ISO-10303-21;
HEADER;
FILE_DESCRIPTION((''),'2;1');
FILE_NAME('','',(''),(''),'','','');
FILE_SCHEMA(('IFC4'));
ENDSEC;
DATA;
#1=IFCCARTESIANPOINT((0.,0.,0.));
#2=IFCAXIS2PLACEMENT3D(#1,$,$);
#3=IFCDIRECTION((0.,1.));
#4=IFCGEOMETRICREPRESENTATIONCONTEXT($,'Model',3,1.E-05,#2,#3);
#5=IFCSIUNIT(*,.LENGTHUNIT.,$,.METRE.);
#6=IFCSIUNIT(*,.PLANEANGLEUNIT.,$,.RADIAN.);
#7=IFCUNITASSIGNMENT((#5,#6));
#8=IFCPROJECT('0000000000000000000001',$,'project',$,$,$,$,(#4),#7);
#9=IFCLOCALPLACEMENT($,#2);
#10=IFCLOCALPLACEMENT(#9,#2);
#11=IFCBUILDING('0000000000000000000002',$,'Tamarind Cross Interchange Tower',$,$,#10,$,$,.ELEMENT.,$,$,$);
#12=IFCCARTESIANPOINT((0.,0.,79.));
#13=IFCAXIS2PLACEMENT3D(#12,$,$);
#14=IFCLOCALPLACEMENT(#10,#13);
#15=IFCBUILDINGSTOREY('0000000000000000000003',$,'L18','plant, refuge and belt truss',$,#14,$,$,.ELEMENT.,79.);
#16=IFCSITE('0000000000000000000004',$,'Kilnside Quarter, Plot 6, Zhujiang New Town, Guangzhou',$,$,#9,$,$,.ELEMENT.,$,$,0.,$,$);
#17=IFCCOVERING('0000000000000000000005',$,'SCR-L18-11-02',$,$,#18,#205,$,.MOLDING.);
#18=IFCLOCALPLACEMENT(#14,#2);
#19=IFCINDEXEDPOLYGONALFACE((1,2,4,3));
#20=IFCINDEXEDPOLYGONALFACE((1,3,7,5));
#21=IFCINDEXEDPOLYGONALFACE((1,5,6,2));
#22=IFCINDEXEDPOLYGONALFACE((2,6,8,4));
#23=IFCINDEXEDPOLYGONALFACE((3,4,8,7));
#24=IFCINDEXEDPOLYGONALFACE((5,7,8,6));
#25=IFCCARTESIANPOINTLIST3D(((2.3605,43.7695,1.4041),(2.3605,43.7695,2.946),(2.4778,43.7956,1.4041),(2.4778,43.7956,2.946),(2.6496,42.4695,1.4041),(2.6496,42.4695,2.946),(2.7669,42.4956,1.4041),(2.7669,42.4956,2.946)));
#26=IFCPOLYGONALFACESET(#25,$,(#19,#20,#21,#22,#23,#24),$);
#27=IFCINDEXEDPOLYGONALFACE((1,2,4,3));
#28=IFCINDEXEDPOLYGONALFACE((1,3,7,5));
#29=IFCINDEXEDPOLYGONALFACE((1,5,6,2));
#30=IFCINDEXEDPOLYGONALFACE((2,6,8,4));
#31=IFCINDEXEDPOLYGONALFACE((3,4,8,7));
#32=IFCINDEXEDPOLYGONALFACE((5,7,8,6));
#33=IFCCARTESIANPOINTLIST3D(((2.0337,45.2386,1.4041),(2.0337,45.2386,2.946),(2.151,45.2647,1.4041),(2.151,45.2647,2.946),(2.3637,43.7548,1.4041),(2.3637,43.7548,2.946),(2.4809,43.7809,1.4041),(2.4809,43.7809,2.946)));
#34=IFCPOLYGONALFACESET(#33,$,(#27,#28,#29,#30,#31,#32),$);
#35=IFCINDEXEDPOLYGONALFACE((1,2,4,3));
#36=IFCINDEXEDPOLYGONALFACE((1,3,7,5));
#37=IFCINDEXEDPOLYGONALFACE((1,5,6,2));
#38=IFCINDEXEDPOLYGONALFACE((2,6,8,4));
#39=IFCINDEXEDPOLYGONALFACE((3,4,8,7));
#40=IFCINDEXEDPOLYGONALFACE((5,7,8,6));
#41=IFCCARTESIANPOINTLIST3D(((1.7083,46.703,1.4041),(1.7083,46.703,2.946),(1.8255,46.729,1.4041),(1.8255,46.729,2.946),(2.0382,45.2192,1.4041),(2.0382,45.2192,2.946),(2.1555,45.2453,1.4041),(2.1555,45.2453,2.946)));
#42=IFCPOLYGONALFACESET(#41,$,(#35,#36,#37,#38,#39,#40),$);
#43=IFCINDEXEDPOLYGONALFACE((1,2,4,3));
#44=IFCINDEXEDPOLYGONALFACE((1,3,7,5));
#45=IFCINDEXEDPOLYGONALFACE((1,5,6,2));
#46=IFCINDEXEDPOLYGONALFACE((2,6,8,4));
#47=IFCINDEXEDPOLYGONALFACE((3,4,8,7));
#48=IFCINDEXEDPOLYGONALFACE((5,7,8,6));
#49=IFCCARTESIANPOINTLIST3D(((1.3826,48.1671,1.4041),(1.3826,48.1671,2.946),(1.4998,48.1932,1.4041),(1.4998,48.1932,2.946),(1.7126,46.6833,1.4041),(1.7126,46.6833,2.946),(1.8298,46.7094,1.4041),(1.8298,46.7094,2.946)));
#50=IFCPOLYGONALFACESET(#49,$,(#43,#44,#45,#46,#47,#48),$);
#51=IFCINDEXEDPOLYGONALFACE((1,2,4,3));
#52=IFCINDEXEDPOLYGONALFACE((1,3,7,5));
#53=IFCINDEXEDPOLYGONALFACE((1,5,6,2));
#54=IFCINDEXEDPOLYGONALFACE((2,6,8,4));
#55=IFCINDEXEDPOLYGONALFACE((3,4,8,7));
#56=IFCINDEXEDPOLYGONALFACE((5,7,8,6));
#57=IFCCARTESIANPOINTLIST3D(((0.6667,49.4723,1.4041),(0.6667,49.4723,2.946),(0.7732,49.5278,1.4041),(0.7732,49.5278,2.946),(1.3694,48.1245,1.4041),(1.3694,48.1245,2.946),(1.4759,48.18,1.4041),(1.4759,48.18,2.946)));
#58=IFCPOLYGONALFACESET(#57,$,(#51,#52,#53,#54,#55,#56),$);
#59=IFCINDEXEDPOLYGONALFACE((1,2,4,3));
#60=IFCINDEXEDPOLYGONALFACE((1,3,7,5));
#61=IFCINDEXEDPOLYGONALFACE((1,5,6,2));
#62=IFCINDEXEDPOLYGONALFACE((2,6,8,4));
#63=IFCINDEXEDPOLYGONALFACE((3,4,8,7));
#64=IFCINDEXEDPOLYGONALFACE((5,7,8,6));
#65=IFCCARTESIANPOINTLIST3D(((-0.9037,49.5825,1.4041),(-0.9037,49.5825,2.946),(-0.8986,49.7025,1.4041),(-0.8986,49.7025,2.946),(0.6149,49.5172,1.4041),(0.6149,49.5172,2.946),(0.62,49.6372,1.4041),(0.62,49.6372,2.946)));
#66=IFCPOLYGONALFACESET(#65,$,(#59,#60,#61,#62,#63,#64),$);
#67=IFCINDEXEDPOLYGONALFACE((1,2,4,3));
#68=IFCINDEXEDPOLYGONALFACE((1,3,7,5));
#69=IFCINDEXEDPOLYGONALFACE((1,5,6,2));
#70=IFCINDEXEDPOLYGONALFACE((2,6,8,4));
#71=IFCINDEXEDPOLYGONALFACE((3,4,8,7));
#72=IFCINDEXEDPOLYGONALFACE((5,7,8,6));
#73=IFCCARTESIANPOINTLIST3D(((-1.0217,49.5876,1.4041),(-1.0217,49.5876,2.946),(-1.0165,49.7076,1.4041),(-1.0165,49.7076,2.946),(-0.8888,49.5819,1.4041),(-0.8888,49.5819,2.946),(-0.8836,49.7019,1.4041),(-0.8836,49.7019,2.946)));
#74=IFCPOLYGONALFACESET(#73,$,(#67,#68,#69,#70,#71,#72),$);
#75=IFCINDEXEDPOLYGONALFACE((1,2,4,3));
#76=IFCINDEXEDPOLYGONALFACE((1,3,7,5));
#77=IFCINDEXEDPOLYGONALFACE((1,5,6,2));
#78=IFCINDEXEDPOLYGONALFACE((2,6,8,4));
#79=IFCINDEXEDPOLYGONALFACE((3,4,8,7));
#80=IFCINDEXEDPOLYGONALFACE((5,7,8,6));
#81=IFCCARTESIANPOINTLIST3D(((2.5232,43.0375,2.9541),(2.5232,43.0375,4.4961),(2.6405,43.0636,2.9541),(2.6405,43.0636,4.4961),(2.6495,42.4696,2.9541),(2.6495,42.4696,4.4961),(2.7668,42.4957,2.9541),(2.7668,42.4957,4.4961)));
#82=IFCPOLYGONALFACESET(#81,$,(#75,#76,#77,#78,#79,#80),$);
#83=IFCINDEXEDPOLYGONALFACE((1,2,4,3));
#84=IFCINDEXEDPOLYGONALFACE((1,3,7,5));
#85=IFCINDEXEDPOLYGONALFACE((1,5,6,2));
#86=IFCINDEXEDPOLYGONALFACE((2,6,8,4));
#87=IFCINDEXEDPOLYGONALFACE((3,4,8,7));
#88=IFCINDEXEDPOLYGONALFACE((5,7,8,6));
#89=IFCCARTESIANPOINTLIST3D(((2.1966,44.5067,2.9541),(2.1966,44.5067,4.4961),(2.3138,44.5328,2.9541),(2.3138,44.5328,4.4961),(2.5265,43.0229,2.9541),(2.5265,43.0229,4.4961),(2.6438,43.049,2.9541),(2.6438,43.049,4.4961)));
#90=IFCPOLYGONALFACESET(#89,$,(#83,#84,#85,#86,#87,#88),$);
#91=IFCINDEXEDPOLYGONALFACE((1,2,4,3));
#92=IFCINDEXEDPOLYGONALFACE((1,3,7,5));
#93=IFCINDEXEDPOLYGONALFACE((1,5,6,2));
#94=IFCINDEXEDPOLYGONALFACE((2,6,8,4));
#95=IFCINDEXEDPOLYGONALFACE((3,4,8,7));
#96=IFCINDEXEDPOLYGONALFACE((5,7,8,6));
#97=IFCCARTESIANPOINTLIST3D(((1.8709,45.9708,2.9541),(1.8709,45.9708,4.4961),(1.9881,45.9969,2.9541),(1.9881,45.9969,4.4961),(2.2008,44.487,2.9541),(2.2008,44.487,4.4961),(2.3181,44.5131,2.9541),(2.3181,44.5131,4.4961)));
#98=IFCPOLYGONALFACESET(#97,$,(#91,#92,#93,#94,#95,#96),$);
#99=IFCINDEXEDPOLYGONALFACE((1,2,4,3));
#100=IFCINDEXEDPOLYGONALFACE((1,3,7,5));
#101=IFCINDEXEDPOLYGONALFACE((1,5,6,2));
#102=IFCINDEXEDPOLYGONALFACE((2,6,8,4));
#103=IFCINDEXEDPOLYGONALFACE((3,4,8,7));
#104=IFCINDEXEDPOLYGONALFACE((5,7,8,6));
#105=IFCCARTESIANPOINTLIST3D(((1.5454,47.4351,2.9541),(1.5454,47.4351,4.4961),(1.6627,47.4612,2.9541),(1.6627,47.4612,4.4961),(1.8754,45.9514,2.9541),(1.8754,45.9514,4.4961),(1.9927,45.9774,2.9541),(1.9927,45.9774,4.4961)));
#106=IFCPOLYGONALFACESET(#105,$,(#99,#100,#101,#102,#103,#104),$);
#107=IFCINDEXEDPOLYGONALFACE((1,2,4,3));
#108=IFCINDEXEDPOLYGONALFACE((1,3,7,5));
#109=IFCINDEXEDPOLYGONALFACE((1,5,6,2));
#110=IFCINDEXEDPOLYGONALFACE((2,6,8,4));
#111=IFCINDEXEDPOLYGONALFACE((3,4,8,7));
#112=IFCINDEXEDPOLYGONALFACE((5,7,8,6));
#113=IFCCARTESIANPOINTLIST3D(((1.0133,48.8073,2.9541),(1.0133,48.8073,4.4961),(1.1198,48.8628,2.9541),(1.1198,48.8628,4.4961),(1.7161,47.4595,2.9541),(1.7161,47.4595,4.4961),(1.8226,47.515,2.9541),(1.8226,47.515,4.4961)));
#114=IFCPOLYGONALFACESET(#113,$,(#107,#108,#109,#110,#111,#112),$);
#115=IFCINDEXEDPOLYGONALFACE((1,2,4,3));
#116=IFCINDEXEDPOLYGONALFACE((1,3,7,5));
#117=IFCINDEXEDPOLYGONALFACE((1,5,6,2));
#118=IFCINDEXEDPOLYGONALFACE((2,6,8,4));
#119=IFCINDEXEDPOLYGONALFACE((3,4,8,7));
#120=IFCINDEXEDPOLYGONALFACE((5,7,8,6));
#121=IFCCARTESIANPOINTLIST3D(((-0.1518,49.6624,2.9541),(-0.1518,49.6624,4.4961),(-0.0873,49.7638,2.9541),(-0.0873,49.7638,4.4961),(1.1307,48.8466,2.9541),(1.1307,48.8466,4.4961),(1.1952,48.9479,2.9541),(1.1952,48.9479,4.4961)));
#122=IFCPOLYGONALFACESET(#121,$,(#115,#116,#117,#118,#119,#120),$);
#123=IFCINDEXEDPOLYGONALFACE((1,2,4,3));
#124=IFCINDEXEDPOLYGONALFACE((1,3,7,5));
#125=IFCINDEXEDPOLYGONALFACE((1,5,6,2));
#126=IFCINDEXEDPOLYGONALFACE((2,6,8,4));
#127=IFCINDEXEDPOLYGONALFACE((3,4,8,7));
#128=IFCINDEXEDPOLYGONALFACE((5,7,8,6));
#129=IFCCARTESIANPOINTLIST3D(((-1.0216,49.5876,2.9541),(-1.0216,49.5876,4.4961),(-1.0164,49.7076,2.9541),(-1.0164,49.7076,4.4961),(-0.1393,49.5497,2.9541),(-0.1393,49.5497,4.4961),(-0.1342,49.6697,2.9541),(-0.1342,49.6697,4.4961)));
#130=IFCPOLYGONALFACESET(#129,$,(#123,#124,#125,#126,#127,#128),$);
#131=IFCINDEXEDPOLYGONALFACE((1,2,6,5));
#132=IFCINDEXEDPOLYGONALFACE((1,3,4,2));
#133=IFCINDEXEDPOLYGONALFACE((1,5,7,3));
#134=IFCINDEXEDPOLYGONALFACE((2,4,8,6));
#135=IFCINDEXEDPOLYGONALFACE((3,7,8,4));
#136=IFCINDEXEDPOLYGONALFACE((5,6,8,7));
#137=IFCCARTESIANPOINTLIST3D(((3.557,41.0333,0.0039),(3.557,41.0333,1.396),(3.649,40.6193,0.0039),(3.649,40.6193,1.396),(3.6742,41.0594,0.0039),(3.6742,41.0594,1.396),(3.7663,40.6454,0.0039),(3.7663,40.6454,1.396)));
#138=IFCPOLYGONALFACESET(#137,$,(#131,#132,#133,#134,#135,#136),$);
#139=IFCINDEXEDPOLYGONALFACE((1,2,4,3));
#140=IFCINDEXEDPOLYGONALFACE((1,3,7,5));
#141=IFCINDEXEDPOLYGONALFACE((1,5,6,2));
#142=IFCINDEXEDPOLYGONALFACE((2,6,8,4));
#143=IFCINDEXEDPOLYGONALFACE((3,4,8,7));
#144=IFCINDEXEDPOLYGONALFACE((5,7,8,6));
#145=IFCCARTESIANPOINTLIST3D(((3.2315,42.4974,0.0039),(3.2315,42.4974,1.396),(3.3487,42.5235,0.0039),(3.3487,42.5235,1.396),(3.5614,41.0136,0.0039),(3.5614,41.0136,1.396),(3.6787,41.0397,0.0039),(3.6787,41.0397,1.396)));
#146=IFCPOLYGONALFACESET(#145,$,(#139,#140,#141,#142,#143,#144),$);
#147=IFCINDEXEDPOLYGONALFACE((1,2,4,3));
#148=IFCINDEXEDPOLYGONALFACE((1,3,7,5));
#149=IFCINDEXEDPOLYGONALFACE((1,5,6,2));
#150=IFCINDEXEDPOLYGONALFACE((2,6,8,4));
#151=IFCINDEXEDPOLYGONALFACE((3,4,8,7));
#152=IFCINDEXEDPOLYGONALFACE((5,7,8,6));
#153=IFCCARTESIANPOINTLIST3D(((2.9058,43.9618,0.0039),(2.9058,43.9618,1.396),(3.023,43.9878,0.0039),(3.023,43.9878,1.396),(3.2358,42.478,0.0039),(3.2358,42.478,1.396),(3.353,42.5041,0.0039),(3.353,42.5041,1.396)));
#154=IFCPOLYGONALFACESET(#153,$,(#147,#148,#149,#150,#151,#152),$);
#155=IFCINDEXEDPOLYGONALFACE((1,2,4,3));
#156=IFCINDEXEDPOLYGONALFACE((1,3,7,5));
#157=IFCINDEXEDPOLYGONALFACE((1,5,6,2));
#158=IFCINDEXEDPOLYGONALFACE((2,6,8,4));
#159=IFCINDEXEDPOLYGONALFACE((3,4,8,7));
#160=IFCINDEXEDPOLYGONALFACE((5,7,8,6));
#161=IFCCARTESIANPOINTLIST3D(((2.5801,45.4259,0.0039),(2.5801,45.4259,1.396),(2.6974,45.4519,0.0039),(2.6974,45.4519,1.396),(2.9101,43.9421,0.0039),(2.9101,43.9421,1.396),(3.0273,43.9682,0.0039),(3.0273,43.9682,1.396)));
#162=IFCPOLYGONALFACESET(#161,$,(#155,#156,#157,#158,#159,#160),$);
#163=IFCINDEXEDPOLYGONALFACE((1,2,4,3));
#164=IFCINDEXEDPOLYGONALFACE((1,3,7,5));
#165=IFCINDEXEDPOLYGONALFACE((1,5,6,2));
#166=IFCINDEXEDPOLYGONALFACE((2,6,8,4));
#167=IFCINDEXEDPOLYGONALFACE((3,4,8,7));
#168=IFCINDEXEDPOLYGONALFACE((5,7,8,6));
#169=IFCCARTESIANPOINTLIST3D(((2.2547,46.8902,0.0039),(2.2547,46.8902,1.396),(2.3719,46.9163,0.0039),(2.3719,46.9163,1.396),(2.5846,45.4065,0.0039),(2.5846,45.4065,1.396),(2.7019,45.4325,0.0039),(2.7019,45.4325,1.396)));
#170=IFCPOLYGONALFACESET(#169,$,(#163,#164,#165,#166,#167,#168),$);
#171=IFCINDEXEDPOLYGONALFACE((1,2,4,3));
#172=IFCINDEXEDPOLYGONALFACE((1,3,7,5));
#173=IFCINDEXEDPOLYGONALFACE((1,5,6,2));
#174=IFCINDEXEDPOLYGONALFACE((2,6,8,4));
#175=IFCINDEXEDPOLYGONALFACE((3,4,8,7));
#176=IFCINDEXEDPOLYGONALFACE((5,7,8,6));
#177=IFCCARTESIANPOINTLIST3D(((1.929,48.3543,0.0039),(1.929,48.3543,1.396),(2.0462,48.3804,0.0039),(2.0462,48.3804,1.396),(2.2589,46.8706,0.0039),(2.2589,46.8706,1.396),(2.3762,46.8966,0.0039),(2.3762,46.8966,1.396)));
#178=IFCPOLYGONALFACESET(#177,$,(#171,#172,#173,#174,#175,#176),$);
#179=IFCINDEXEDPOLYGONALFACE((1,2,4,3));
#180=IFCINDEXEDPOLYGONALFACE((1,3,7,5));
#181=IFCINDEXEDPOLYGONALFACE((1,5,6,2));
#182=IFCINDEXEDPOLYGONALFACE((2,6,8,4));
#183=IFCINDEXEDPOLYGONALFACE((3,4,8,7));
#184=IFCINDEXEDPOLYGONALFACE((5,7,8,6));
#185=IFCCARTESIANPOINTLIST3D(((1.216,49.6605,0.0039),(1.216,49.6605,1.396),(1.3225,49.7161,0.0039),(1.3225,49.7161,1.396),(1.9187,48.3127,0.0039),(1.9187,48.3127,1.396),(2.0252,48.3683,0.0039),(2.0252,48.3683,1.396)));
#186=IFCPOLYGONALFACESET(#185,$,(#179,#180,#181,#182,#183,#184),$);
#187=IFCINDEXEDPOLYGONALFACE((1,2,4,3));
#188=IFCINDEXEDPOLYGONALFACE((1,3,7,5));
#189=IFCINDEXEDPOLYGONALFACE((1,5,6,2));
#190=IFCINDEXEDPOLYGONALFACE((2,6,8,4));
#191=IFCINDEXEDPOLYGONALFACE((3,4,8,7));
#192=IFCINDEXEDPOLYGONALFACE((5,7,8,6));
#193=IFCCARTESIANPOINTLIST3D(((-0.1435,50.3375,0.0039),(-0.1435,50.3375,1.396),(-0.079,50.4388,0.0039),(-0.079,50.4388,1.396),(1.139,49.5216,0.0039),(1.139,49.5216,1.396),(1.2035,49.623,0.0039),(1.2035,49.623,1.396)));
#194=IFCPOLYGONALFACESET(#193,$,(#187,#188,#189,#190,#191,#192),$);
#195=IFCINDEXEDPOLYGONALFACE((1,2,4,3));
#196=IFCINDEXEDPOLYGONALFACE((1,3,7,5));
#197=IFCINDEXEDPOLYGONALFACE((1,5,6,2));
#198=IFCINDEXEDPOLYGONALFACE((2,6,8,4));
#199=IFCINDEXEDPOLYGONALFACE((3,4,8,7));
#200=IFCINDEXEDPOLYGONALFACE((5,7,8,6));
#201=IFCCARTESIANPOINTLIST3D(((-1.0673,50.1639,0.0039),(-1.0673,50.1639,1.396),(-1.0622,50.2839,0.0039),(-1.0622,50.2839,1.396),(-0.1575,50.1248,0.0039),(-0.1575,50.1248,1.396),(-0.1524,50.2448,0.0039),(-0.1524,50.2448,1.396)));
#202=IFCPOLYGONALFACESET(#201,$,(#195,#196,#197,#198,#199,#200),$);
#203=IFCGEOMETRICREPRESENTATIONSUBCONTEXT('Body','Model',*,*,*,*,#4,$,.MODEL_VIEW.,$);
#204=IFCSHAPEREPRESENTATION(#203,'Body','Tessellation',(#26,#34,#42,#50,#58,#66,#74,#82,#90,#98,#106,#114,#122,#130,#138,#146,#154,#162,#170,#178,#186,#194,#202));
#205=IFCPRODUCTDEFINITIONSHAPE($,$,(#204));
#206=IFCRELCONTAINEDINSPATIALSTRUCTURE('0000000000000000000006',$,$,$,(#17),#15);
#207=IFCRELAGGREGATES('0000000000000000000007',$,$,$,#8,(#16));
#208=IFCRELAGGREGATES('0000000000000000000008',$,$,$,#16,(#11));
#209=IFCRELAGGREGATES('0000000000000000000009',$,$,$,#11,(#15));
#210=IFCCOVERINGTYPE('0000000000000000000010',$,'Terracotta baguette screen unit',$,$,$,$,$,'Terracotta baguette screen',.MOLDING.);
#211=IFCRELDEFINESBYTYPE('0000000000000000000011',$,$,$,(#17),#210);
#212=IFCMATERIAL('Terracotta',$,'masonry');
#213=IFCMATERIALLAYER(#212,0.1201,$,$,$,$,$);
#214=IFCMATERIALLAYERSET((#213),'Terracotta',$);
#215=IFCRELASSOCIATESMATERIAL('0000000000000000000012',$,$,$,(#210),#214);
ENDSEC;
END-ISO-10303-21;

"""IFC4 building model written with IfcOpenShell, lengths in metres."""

from ifc_helpers import new_model, si_unit, direction, frame, origin, origin_2d, place, context, subcontext, project, spatial, rectangle, extrude, material, layer, layer_set, type_object, element, save


model = new_model("IFC4")

# Units and contexts
model_context = context("Model", 3, precision=1e-05, world=origin(), true_north=direction((0.0, 1.0)))
body_context = subcontext(model_context, "Body", "Model", "MODEL_VIEW")
ifc_project = project(units=[si_unit("LENGTHUNIT", "METRE"), si_unit("PLANEANGLEUNIT", "RADIAN")], contexts=[model_context])

# Site, building, storey
site_placement = place(None, origin())
site = spatial("IfcSite", under=ifc_project, at=site_placement, Name="Kilnside Quarter, Plot 6, Zhujiang New Town, Guangzhou", CompositionType="ELEMENT", RefElevation=0.0)
building_placement = place(site_placement, origin())
building = spatial("IfcBuilding", under=site, at=building_placement, Name="Tamarind Cross Interchange Tower", CompositionType="ELEMENT")
storey_placement = place(building_placement, frame((0.0, 0.0, 79.0)))
storey = spatial("IfcBuildingStorey", under=building, at=storey_placement, Name="L18", Description="plant, refuge and belt truss", CompositionType="ELEMENT", Elevation=79.0)

# Covering
ifc_material_1 = material(Name="Terracotta", Category="masonry")
ifc_layer_1 = layer(ifc_material_1, 0.1201)
ifc_layer_set_1 = layer_set([ifc_layer_1], Name="Terracotta")
covering_type = type_object("IfcCoveringType", Name="Terracotta baguette screen unit", ElementType="Terracotta baguette screen", PredefinedType="MOLDING", material=ifc_layer_set_1)
covering_1_placement = place(storey_placement, origin())
element("IfcCovering", 1, at=covering_1_placement, inside=storey, type_object=covering_type, Name="SCR-L18-11-02", PredefinedType="MOLDING", context=body_context, shape_type="SweptSolid", body=[
    extrude(rectangle(XDim=1.3318, YDim=0.1201, at=origin_2d()), frame((2.5637, 43.1326, 1.4041), z_axis=(0.0, 0.0, 1.0), x_axis=(-0.21708, 0.976154, 0.0)), (0.0, 0.0, 1.0), 1.542),
    extrude(rectangle(XDim=1.52, YDim=0.1201, at=origin_2d()), frame((2.2573, 44.5098, 1.4041), z_axis=(0.0, 0.0, 1.0), x_axis=(-0.21708, 0.976154, 0.0)), (0.0, 0.0, 1.0), 1.542),
    extrude(rectangle(XDim=1.52, YDim=0.1201, at=origin_2d()), frame((1.9319, 45.9741, 1.4041), z_axis=(0.0, 0.0, 1.0), x_axis=(-0.21708, 0.976154, 0.0)), (0.0, 0.0, 1.0), 1.542),
    extrude(rectangle(XDim=1.52, YDim=0.1201, at=origin_2d()), frame((1.6062, 47.4382, 1.4041), z_axis=(0.0, 0.0, 1.0), x_axis=(-0.21708, 0.976154, 0.0)), (0.0, 0.0, 1.0), 1.542),
    extrude(rectangle(XDim=1.52, YDim=0.1201, at=origin_2d()), frame((1.0713, 48.8262, 1.4041), z_axis=(0.0, 0.0, 1.0), x_axis=(-0.462331, 0.886708, 0.0)), (0.0, 0.0, 1.0), 1.542),
    extrude(rectangle(XDim=1.52, YDim=0.1201, at=origin_2d()), frame((-0.1418, 49.6099, 1.4041), z_axis=(0.0, 0.0, 1.0), x_axis=(-0.999077, 0.042964, 0.0)), (0.0, 0.0, 1.0), 1.542),
    extrude(rectangle(XDim=0.1331, YDim=0.1201, at=origin_2d()), frame((-0.9526, 49.6448, 1.4041), z_axis=(0.0, 0.0, 1.0), x_axis=(-0.999077, 0.042964, 0.0)), (0.0, 0.0, 1.0), 1.542),
    extrude(rectangle(XDim=0.5818, YDim=0.1201, at=origin_2d()), frame((2.645, 42.7666, 2.9541), z_axis=(0.0, 0.0, 1.0), x_axis=(-0.21708, 0.976154, 0.0)), (0.0, 0.0, 1.0), 1.542),
    extrude(rectangle(XDim=1.52, YDim=0.1201, at=origin_2d()), frame((2.4202, 43.7778, 2.9541), z_axis=(0.0, 0.0, 1.0), x_axis=(-0.21708, 0.976154, 0.0)), (0.0, 0.0, 1.0), 1.542),
    extrude(rectangle(XDim=1.52, YDim=0.1201, at=origin_2d()), frame((2.0945, 45.2419, 2.9541), z_axis=(0.0, 0.0, 1.0), x_axis=(-0.21708, 0.976154, 0.0)), (0.0, 0.0, 1.0), 1.542),
    extrude(rectangle(XDim=1.52, YDim=0.1201, at=origin_2d()), frame((1.769, 46.7063, 2.9541), z_axis=(0.0, 0.0, 1.0), x_axis=(-0.21708, 0.976154, 0.0)), (0.0, 0.0, 1.0), 1.542),
    extrude(rectangle(XDim=1.52, YDim=0.1201, at=origin_2d()), frame((1.418, 48.1611, 2.9541), z_axis=(0.0, 0.0, 1.0), x_axis=(-0.462331, 0.886708, 0.0)), (0.0, 0.0, 1.0), 1.542),
    extrude(rectangle(XDim=1.52, YDim=0.1201, at=origin_2d()), frame((0.5217, 49.3052, 2.9541), z_axis=(0.0, 0.0, 1.0), x_axis=(-0.843744, 0.536746, 0.0)), (0.0, 0.0, 1.0), 1.542),
    extrude(rectangle(XDim=0.8831, YDim=0.1201, at=origin_2d()), frame((-0.5779, 49.6287, 2.9541), z_axis=(0.0, 0.0, 1.0), x_axis=(-0.999077, 0.042964, 0.0)), (0.0, 0.0, 1.0), 1.542),
    extrude(rectangle(XDim=0.4241, YDim=0.1201, at=origin_2d()), frame((3.6616, 40.8394, 0.0039), z_axis=(0.0, 0.0, 1.0), x_axis=(-0.21708, 0.976154, 0.0)), (0.0, 0.0, 1.0), 1.3921),
    extrude(rectangle(XDim=1.52, YDim=0.1201, at=origin_2d()), frame((3.4551, 41.7686, 0.0039), z_axis=(0.0, 0.0, 1.0), x_axis=(-0.21708, 0.976154, 0.0)), (0.0, 0.0, 1.0), 1.3921),
    extrude(rectangle(XDim=1.52, YDim=0.1201, at=origin_2d()), frame((3.1294, 43.2329, 0.0039), z_axis=(0.0, 0.0, 1.0), x_axis=(-0.21708, 0.976154, 0.0)), (0.0, 0.0, 1.0), 1.3921),
    extrude(rectangle(XDim=1.52, YDim=0.1201, at=origin_2d()), frame((2.8037, 44.697, 0.0039), z_axis=(0.0, 0.0, 1.0), x_axis=(-0.21708, 0.976154, 0.0)), (0.0, 0.0, 1.0), 1.3921),
    extrude(rectangle(XDim=1.52, YDim=0.1201, at=origin_2d()), frame((2.4783, 46.1614, 0.0039), z_axis=(0.0, 0.0, 1.0), x_axis=(-0.21708, 0.976154, 0.0)), (0.0, 0.0, 1.0), 1.3921),
    extrude(rectangle(XDim=1.52, YDim=0.1201, at=origin_2d()), frame((2.1526, 47.6255, 0.0039), z_axis=(0.0, 0.0, 1.0), x_axis=(-0.21708, 0.976154, 0.0)), (0.0, 0.0, 1.0), 1.3921),
    extrude(rectangle(XDim=1.52, YDim=0.1201, at=origin_2d()), frame((1.6206, 49.0144, 0.0039), z_axis=(0.0, 0.0, 1.0), x_axis=(-0.462331, 0.886708, 0.0)), (0.0, 0.0, 1.0), 1.3921),
    extrude(rectangle(XDim=1.52, YDim=0.1201, at=origin_2d()), frame((0.53, 49.9802, 0.0039), z_axis=(0.0, 0.0, 1.0), x_axis=(-0.843744, 0.536746, 0.0)), (0.0, 0.0, 1.0), 1.3921),
    extrude(rectangle(XDim=0.9106, YDim=0.1201, at=origin_2d()), frame((-0.6099, 50.2043, 0.0039), z_axis=(0.0, 0.0, 1.0), x_axis=(-0.999077, 0.042964, 0.0)), (0.0, 0.0, 1.0), 1.3921),
])

save(model, "model.ifc")
